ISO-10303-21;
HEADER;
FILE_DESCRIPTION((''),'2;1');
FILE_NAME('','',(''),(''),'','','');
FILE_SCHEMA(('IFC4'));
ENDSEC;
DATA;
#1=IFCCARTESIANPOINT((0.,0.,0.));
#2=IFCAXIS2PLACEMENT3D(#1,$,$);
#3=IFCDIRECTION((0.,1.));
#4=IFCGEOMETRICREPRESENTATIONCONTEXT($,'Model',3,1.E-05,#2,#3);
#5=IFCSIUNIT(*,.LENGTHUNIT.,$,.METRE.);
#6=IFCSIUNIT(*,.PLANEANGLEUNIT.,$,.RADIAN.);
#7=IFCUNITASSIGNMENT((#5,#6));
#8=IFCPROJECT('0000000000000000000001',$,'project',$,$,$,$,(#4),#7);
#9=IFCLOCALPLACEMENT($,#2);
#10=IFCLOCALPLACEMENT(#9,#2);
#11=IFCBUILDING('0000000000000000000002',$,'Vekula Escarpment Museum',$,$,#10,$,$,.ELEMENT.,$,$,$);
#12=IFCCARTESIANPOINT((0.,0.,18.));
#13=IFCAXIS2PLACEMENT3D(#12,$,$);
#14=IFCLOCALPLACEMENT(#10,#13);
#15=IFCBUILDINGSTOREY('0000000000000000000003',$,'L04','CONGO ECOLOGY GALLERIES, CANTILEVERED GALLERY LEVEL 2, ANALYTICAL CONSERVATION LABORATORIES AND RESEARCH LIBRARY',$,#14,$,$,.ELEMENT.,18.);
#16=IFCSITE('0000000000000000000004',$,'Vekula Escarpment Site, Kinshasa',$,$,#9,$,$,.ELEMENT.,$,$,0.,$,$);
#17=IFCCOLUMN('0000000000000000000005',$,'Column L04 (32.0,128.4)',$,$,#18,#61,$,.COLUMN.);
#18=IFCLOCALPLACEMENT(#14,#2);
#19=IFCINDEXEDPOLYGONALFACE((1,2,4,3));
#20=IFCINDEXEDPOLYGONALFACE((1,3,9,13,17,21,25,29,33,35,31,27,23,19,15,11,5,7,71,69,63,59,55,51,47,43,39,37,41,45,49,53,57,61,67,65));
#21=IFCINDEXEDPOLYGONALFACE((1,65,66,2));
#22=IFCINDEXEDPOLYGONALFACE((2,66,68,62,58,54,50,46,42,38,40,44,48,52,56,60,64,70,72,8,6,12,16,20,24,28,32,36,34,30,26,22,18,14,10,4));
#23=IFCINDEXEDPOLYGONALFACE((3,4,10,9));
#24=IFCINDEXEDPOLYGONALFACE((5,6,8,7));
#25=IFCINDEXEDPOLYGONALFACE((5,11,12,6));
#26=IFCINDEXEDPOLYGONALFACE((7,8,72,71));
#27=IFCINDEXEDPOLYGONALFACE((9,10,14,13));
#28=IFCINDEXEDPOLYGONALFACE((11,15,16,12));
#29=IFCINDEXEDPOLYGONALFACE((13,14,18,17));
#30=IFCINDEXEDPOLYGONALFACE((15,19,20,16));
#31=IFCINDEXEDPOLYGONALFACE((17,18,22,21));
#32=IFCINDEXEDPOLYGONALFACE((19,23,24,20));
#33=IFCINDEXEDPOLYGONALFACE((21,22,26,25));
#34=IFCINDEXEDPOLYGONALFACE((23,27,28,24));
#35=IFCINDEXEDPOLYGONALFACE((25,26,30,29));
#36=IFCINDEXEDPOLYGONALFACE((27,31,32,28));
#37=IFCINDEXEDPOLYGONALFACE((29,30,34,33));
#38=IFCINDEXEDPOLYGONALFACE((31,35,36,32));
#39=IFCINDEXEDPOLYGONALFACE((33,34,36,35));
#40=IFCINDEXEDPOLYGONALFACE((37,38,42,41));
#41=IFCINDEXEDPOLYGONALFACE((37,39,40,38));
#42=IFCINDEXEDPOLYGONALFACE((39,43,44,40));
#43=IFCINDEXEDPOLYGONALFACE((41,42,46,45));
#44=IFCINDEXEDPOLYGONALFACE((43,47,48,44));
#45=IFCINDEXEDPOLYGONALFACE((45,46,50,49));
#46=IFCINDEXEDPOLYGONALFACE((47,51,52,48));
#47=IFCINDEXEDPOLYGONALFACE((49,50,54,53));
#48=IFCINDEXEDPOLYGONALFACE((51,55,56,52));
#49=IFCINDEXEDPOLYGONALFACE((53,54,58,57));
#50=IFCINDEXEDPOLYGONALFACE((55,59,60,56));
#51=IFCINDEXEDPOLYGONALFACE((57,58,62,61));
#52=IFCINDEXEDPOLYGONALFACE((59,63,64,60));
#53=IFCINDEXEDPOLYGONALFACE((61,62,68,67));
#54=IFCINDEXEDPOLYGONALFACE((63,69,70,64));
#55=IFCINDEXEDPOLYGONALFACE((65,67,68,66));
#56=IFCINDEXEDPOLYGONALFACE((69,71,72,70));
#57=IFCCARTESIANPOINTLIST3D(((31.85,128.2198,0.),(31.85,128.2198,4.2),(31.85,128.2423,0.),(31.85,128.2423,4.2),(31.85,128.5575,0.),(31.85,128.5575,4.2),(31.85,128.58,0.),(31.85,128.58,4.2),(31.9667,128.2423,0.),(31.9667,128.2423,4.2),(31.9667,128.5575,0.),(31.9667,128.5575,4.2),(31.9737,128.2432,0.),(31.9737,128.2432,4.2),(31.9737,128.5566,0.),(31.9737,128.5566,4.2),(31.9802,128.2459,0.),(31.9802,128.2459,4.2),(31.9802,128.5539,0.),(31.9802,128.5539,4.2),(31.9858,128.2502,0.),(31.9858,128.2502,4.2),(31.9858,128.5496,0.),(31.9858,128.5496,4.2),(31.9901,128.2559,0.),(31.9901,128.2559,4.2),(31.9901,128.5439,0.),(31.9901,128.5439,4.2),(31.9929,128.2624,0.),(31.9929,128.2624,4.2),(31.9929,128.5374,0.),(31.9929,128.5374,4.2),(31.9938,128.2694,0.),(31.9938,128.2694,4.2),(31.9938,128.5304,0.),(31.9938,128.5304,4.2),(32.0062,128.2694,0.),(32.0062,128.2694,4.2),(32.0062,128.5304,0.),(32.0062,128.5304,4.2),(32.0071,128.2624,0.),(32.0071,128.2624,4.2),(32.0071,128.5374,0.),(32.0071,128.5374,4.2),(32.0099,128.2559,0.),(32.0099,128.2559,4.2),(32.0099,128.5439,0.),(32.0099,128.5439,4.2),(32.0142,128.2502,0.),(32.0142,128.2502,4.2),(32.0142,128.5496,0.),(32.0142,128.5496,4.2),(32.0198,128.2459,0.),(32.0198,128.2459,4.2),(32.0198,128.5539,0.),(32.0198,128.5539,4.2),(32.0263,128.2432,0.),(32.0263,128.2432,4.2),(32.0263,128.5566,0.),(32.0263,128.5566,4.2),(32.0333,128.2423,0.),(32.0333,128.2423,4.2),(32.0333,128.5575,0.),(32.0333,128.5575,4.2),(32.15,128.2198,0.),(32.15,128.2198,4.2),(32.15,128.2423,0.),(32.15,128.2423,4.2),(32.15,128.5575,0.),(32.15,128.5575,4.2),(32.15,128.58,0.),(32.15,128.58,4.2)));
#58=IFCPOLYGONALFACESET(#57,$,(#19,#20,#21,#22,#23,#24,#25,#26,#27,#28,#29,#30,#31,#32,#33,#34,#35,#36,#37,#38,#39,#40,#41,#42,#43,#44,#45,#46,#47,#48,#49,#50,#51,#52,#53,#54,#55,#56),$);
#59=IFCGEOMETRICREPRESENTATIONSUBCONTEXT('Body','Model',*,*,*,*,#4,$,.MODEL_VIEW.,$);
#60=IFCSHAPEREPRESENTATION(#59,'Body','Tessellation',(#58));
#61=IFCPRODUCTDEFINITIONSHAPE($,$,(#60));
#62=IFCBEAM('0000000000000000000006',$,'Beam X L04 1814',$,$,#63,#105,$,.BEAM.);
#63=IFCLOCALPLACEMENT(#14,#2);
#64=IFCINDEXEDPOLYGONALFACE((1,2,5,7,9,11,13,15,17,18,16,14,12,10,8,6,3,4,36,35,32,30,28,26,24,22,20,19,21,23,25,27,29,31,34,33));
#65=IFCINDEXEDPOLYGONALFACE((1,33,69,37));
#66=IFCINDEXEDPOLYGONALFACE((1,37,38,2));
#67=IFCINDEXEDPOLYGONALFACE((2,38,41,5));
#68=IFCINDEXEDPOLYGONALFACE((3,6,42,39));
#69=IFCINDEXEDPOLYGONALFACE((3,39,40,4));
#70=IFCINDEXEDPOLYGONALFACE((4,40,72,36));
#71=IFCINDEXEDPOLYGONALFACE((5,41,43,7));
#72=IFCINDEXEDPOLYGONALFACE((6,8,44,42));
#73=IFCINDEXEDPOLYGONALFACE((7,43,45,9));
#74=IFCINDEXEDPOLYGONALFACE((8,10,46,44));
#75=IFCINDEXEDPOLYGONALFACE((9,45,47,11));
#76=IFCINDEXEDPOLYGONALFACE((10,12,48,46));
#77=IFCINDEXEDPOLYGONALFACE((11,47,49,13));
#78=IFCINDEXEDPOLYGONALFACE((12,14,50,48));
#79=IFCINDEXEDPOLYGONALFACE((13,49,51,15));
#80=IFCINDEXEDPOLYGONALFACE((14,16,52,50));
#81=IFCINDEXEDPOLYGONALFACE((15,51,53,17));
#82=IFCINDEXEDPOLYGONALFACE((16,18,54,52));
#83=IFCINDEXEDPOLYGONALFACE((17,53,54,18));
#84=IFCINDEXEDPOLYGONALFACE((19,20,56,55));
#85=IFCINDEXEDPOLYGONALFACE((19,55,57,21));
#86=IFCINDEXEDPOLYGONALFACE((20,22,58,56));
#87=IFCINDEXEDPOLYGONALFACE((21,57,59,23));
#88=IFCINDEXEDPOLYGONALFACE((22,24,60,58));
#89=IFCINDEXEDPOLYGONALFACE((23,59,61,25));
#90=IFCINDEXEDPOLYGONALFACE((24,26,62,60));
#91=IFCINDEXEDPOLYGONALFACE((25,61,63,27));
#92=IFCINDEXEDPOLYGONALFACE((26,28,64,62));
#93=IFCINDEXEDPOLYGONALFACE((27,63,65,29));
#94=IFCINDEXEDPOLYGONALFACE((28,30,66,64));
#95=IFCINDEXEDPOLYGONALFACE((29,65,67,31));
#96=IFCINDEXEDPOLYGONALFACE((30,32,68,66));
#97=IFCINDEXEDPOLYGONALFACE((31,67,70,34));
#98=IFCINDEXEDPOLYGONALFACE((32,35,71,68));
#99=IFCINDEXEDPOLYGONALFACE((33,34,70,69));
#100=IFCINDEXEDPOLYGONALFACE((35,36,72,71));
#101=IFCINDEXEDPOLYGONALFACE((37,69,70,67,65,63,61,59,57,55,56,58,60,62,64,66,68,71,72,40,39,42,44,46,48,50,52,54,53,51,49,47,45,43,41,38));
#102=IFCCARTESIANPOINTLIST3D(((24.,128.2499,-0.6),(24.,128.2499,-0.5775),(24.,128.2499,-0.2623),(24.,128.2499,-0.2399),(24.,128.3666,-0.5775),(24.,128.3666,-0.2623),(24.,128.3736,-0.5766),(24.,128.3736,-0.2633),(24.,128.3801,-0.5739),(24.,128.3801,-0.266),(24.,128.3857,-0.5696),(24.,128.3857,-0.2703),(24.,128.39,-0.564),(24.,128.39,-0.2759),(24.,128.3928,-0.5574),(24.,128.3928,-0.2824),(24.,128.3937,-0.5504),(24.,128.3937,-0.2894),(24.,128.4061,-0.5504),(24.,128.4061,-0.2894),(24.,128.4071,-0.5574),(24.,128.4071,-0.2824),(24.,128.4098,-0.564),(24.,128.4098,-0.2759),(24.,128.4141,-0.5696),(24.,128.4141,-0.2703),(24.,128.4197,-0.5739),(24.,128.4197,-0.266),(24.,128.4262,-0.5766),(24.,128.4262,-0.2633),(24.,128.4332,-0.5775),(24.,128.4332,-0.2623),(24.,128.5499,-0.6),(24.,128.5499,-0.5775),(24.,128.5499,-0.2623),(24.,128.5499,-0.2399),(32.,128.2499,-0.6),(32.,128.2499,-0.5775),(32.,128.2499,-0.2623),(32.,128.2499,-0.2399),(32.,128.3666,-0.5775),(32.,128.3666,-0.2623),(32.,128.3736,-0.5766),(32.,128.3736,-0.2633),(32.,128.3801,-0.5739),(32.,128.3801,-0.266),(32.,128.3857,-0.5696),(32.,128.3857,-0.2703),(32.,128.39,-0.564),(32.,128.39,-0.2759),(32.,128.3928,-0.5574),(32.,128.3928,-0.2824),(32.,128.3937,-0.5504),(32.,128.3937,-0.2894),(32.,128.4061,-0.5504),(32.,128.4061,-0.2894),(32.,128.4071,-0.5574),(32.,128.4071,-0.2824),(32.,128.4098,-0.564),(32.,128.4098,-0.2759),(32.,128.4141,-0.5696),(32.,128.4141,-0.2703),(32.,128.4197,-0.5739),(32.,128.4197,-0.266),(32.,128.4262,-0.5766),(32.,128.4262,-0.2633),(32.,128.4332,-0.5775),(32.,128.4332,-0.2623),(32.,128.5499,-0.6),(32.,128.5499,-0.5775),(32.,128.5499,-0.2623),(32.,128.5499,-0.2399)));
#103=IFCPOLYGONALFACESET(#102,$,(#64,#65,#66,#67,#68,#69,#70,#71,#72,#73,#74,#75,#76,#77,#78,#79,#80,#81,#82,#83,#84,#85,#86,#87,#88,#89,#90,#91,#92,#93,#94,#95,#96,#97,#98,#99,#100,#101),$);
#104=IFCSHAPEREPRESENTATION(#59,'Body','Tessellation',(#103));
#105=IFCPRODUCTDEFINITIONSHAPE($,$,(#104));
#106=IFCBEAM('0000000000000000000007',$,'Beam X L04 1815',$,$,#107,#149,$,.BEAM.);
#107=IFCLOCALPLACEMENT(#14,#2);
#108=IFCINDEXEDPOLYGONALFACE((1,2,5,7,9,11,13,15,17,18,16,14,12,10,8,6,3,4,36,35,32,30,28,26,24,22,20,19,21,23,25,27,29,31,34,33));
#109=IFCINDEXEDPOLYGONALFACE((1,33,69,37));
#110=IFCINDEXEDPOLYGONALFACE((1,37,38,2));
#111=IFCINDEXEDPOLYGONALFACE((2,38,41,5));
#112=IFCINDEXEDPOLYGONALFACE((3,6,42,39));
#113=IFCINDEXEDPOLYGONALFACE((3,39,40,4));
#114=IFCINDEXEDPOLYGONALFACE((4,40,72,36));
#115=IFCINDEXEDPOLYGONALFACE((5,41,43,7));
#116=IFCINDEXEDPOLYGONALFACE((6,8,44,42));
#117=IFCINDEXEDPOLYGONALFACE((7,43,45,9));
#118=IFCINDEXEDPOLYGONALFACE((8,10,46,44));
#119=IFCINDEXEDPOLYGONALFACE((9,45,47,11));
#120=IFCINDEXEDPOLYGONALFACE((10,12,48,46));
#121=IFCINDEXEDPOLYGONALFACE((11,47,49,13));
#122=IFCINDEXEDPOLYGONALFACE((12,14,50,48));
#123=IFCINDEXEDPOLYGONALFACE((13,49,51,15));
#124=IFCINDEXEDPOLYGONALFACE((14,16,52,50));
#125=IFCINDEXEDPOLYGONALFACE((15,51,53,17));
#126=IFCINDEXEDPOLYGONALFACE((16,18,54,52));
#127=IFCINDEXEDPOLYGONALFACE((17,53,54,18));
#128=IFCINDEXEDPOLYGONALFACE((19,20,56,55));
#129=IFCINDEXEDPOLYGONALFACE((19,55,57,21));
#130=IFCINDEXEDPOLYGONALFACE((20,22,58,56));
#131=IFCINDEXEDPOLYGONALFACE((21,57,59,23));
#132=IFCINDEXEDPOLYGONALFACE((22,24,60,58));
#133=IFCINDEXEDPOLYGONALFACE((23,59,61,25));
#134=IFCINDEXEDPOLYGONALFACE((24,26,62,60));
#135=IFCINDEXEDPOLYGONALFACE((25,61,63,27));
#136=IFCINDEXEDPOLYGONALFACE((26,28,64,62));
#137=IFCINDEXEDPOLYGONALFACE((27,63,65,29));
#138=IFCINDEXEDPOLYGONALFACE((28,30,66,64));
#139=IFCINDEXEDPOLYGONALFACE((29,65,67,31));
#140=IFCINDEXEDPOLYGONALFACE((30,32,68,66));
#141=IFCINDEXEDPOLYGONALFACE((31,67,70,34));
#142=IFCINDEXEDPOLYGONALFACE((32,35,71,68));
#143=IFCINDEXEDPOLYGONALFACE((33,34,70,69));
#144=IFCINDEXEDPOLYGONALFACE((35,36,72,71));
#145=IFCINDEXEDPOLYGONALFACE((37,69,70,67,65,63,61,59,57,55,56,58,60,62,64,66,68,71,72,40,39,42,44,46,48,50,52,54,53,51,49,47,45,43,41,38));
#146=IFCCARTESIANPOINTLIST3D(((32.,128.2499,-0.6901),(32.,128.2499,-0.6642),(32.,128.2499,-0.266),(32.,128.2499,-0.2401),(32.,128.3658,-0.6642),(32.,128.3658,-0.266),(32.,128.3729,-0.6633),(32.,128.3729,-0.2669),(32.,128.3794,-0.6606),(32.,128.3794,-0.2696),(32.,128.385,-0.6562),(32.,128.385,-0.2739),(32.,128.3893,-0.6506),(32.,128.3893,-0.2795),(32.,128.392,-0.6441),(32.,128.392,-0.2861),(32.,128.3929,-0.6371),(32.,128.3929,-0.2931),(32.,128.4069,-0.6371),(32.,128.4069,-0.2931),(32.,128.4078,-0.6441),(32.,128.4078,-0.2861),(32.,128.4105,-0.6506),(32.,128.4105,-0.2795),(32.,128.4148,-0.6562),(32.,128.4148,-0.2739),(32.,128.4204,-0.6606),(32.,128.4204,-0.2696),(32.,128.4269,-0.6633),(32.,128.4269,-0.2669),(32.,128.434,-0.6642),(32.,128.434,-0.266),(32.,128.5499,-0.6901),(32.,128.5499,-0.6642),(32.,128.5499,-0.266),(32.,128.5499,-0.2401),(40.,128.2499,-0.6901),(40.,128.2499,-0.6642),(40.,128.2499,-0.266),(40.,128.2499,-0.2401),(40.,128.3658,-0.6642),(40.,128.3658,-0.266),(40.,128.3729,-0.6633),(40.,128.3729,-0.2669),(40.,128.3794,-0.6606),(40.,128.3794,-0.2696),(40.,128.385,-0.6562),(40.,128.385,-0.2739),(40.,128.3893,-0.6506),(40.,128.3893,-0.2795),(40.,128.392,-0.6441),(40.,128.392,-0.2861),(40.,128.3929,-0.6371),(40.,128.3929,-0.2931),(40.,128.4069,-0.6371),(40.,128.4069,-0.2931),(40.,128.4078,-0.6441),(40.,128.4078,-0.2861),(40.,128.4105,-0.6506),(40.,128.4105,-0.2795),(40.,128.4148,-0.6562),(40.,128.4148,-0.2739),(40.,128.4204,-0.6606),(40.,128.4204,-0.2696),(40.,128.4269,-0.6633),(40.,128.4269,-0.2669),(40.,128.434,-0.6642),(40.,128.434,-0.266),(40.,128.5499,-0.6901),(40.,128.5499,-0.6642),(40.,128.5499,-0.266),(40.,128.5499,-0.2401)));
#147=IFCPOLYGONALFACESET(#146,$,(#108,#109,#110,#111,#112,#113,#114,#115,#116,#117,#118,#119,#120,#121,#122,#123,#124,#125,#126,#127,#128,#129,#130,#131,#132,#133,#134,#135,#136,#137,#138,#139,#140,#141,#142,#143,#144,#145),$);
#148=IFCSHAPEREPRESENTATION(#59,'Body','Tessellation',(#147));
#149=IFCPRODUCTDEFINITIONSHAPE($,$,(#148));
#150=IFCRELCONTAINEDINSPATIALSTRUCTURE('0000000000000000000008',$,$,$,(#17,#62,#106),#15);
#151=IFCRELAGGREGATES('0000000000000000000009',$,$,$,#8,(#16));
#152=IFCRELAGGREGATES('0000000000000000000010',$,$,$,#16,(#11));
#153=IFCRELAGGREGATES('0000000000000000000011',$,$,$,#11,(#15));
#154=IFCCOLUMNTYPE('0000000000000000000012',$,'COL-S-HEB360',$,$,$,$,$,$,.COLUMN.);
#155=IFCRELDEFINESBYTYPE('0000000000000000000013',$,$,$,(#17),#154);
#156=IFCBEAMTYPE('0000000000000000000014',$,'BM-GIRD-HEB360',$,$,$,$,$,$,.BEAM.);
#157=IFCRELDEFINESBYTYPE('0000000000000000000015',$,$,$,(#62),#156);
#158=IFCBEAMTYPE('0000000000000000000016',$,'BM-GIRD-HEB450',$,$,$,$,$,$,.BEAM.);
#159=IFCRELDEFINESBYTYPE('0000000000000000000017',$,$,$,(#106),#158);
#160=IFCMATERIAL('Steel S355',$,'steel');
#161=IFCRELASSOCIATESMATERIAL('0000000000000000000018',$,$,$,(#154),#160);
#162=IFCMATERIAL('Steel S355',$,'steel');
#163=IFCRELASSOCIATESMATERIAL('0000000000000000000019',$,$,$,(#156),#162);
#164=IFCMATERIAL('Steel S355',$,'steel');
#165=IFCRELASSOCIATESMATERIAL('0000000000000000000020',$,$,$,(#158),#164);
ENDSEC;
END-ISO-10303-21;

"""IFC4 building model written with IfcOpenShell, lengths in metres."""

from ifc_helpers import new_model, si_unit, direction, frame, origin, origin_2d, place, context, subcontext, project, spatial, i_section, extrude, material, material_profile, profile_set, type_object, element, save


model = new_model("IFC4")

# Units and contexts
model_context = context("Model", 3, precision=1e-05, world=origin(), true_north=direction((0.0, 1.0)))
body_context = subcontext(model_context, "Body", "Model", "MODEL_VIEW")
ifc_project = project(units=[si_unit("LENGTHUNIT", "METRE"), si_unit("PLANEANGLEUNIT", "RADIAN")], contexts=[model_context])

# Site, building, storey
site_placement = place(None, origin())
site = spatial("IfcSite", under=ifc_project, at=site_placement, Name="Vekula Escarpment Site, Kinshasa", CompositionType="ELEMENT", RefElevation=0.0)
building_placement = place(site_placement, origin())
building = spatial("IfcBuilding", under=site, at=building_placement, Name="Vekula Escarpment Museum", CompositionType="ELEMENT")
storey_placement = place(building_placement, frame((0.0, 0.0, 18.0)))
storey = spatial("IfcBuildingStorey", under=building, at=storey_placement, Name="L04", Description="CONGO ECOLOGY GALLERIES, CANTILEVERED GALLERY LEVEL 2, ANALYTICAL CONSERVATION LABORATORIES AND RESEARCH LIBRARY", CompositionType="ELEMENT", Elevation=18.0)

# Column
ifc_material_1 = material(Name="Steel S355", Category="steel")
ifc_material_profile_1 = material_profile(ifc_material_1, i_section(OverallWidth=0.3, OverallDepth=0.3601, WebThickness=0.0125, FlangeThickness=0.0225, FilletRadius=0.0271, at=origin_2d()), Name="HEB 360")
ifc_profile_set_1 = profile_set([ifc_material_profile_1], Name="Steel S355")
column_type = type_object("IfcColumnType", Name="COL-S-HEB360", PredefinedType="COLUMN", material=ifc_profile_set_1)
column_placement = place(storey_placement, frame((32.0, 128.3999, 0.0), z_axis=(0.0, 0.0, 1.0), x_axis=(1.0, 0.0, 0.0)))
element("IfcColumn", 1, at=column_placement, inside=storey, type_object=column_type, Name="Column L04 (32.0,128.4)", PredefinedType="COLUMN", context=body_context, shape_type="SweptSolid", body=[
    extrude(i_section(OverallWidth=0.3, OverallDepth=0.3601, WebThickness=0.0125, FlangeThickness=0.0225, FilletRadius=0.0271, at=origin_2d()), origin(), (0.0, 0.0, 1.0), 4.2),
])

# Beams
ifc_material_2 = material(Name="Steel S355", Category="steel")
ifc_material_profile_2 = material_profile(ifc_material_2, i_section(OverallWidth=0.3, OverallDepth=0.3601, WebThickness=0.0125, FlangeThickness=0.0225, FilletRadius=0.0271, at=origin_2d()), Name="HEB 360")
ifc_profile_set_2 = profile_set([ifc_material_profile_2], Name="Steel S355")
beam_type_1 = type_object("IfcBeamType", Name="BM-GIRD-HEB360", PredefinedType="BEAM", material=ifc_profile_set_2)
beam_1_placement = place(storey_placement, frame((24.0, 128.3999, -0.4199), z_axis=(1.0, 0.0, 0.0), x_axis=(0.0, 1.0, 0.0)))
element("IfcBeam", 2, at=beam_1_placement, inside=storey, type_object=beam_type_1, Name="Beam X L04 1814", PredefinedType="BEAM", context=body_context, shape_type="SweptSolid", body=[
    extrude(i_section(OverallWidth=0.3, OverallDepth=0.3601, WebThickness=0.0125, FlangeThickness=0.0225, FilletRadius=0.0271, at=origin_2d()), origin(), (0.0, 0.0, 1.0), 8.0),
])
ifc_material_3 = material(Name="Steel S355", Category="steel")
ifc_material_profile_3 = material_profile(ifc_material_3, i_section(OverallWidth=0.3, OverallDepth=0.45, WebThickness=0.0139, FlangeThickness=0.0259, FilletRadius=0.0271, at=origin_2d()), Name="HEB 450")
ifc_profile_set_3 = profile_set([ifc_material_profile_3], Name="Steel S355")
beam_type_2 = type_object("IfcBeamType", Name="BM-GIRD-HEB450", PredefinedType="BEAM", material=ifc_profile_set_3)
beam_2_placement = place(storey_placement, frame((32.0, 128.3999, -0.4651), z_axis=(1.0, 0.0, 0.0), x_axis=(0.0, 1.0, 0.0)))
element("IfcBeam", 3, at=beam_2_placement, inside=storey, type_object=beam_type_2, Name="Beam X L04 1815", PredefinedType="BEAM", context=body_context, shape_type="SweptSolid", body=[
    extrude(i_section(OverallWidth=0.3, OverallDepth=0.45, WebThickness=0.0139, FlangeThickness=0.0259, FilletRadius=0.0271, at=origin_2d()), origin(), (0.0, 0.0, 1.0), 8.0),
])

save(model, "model.ifc")
